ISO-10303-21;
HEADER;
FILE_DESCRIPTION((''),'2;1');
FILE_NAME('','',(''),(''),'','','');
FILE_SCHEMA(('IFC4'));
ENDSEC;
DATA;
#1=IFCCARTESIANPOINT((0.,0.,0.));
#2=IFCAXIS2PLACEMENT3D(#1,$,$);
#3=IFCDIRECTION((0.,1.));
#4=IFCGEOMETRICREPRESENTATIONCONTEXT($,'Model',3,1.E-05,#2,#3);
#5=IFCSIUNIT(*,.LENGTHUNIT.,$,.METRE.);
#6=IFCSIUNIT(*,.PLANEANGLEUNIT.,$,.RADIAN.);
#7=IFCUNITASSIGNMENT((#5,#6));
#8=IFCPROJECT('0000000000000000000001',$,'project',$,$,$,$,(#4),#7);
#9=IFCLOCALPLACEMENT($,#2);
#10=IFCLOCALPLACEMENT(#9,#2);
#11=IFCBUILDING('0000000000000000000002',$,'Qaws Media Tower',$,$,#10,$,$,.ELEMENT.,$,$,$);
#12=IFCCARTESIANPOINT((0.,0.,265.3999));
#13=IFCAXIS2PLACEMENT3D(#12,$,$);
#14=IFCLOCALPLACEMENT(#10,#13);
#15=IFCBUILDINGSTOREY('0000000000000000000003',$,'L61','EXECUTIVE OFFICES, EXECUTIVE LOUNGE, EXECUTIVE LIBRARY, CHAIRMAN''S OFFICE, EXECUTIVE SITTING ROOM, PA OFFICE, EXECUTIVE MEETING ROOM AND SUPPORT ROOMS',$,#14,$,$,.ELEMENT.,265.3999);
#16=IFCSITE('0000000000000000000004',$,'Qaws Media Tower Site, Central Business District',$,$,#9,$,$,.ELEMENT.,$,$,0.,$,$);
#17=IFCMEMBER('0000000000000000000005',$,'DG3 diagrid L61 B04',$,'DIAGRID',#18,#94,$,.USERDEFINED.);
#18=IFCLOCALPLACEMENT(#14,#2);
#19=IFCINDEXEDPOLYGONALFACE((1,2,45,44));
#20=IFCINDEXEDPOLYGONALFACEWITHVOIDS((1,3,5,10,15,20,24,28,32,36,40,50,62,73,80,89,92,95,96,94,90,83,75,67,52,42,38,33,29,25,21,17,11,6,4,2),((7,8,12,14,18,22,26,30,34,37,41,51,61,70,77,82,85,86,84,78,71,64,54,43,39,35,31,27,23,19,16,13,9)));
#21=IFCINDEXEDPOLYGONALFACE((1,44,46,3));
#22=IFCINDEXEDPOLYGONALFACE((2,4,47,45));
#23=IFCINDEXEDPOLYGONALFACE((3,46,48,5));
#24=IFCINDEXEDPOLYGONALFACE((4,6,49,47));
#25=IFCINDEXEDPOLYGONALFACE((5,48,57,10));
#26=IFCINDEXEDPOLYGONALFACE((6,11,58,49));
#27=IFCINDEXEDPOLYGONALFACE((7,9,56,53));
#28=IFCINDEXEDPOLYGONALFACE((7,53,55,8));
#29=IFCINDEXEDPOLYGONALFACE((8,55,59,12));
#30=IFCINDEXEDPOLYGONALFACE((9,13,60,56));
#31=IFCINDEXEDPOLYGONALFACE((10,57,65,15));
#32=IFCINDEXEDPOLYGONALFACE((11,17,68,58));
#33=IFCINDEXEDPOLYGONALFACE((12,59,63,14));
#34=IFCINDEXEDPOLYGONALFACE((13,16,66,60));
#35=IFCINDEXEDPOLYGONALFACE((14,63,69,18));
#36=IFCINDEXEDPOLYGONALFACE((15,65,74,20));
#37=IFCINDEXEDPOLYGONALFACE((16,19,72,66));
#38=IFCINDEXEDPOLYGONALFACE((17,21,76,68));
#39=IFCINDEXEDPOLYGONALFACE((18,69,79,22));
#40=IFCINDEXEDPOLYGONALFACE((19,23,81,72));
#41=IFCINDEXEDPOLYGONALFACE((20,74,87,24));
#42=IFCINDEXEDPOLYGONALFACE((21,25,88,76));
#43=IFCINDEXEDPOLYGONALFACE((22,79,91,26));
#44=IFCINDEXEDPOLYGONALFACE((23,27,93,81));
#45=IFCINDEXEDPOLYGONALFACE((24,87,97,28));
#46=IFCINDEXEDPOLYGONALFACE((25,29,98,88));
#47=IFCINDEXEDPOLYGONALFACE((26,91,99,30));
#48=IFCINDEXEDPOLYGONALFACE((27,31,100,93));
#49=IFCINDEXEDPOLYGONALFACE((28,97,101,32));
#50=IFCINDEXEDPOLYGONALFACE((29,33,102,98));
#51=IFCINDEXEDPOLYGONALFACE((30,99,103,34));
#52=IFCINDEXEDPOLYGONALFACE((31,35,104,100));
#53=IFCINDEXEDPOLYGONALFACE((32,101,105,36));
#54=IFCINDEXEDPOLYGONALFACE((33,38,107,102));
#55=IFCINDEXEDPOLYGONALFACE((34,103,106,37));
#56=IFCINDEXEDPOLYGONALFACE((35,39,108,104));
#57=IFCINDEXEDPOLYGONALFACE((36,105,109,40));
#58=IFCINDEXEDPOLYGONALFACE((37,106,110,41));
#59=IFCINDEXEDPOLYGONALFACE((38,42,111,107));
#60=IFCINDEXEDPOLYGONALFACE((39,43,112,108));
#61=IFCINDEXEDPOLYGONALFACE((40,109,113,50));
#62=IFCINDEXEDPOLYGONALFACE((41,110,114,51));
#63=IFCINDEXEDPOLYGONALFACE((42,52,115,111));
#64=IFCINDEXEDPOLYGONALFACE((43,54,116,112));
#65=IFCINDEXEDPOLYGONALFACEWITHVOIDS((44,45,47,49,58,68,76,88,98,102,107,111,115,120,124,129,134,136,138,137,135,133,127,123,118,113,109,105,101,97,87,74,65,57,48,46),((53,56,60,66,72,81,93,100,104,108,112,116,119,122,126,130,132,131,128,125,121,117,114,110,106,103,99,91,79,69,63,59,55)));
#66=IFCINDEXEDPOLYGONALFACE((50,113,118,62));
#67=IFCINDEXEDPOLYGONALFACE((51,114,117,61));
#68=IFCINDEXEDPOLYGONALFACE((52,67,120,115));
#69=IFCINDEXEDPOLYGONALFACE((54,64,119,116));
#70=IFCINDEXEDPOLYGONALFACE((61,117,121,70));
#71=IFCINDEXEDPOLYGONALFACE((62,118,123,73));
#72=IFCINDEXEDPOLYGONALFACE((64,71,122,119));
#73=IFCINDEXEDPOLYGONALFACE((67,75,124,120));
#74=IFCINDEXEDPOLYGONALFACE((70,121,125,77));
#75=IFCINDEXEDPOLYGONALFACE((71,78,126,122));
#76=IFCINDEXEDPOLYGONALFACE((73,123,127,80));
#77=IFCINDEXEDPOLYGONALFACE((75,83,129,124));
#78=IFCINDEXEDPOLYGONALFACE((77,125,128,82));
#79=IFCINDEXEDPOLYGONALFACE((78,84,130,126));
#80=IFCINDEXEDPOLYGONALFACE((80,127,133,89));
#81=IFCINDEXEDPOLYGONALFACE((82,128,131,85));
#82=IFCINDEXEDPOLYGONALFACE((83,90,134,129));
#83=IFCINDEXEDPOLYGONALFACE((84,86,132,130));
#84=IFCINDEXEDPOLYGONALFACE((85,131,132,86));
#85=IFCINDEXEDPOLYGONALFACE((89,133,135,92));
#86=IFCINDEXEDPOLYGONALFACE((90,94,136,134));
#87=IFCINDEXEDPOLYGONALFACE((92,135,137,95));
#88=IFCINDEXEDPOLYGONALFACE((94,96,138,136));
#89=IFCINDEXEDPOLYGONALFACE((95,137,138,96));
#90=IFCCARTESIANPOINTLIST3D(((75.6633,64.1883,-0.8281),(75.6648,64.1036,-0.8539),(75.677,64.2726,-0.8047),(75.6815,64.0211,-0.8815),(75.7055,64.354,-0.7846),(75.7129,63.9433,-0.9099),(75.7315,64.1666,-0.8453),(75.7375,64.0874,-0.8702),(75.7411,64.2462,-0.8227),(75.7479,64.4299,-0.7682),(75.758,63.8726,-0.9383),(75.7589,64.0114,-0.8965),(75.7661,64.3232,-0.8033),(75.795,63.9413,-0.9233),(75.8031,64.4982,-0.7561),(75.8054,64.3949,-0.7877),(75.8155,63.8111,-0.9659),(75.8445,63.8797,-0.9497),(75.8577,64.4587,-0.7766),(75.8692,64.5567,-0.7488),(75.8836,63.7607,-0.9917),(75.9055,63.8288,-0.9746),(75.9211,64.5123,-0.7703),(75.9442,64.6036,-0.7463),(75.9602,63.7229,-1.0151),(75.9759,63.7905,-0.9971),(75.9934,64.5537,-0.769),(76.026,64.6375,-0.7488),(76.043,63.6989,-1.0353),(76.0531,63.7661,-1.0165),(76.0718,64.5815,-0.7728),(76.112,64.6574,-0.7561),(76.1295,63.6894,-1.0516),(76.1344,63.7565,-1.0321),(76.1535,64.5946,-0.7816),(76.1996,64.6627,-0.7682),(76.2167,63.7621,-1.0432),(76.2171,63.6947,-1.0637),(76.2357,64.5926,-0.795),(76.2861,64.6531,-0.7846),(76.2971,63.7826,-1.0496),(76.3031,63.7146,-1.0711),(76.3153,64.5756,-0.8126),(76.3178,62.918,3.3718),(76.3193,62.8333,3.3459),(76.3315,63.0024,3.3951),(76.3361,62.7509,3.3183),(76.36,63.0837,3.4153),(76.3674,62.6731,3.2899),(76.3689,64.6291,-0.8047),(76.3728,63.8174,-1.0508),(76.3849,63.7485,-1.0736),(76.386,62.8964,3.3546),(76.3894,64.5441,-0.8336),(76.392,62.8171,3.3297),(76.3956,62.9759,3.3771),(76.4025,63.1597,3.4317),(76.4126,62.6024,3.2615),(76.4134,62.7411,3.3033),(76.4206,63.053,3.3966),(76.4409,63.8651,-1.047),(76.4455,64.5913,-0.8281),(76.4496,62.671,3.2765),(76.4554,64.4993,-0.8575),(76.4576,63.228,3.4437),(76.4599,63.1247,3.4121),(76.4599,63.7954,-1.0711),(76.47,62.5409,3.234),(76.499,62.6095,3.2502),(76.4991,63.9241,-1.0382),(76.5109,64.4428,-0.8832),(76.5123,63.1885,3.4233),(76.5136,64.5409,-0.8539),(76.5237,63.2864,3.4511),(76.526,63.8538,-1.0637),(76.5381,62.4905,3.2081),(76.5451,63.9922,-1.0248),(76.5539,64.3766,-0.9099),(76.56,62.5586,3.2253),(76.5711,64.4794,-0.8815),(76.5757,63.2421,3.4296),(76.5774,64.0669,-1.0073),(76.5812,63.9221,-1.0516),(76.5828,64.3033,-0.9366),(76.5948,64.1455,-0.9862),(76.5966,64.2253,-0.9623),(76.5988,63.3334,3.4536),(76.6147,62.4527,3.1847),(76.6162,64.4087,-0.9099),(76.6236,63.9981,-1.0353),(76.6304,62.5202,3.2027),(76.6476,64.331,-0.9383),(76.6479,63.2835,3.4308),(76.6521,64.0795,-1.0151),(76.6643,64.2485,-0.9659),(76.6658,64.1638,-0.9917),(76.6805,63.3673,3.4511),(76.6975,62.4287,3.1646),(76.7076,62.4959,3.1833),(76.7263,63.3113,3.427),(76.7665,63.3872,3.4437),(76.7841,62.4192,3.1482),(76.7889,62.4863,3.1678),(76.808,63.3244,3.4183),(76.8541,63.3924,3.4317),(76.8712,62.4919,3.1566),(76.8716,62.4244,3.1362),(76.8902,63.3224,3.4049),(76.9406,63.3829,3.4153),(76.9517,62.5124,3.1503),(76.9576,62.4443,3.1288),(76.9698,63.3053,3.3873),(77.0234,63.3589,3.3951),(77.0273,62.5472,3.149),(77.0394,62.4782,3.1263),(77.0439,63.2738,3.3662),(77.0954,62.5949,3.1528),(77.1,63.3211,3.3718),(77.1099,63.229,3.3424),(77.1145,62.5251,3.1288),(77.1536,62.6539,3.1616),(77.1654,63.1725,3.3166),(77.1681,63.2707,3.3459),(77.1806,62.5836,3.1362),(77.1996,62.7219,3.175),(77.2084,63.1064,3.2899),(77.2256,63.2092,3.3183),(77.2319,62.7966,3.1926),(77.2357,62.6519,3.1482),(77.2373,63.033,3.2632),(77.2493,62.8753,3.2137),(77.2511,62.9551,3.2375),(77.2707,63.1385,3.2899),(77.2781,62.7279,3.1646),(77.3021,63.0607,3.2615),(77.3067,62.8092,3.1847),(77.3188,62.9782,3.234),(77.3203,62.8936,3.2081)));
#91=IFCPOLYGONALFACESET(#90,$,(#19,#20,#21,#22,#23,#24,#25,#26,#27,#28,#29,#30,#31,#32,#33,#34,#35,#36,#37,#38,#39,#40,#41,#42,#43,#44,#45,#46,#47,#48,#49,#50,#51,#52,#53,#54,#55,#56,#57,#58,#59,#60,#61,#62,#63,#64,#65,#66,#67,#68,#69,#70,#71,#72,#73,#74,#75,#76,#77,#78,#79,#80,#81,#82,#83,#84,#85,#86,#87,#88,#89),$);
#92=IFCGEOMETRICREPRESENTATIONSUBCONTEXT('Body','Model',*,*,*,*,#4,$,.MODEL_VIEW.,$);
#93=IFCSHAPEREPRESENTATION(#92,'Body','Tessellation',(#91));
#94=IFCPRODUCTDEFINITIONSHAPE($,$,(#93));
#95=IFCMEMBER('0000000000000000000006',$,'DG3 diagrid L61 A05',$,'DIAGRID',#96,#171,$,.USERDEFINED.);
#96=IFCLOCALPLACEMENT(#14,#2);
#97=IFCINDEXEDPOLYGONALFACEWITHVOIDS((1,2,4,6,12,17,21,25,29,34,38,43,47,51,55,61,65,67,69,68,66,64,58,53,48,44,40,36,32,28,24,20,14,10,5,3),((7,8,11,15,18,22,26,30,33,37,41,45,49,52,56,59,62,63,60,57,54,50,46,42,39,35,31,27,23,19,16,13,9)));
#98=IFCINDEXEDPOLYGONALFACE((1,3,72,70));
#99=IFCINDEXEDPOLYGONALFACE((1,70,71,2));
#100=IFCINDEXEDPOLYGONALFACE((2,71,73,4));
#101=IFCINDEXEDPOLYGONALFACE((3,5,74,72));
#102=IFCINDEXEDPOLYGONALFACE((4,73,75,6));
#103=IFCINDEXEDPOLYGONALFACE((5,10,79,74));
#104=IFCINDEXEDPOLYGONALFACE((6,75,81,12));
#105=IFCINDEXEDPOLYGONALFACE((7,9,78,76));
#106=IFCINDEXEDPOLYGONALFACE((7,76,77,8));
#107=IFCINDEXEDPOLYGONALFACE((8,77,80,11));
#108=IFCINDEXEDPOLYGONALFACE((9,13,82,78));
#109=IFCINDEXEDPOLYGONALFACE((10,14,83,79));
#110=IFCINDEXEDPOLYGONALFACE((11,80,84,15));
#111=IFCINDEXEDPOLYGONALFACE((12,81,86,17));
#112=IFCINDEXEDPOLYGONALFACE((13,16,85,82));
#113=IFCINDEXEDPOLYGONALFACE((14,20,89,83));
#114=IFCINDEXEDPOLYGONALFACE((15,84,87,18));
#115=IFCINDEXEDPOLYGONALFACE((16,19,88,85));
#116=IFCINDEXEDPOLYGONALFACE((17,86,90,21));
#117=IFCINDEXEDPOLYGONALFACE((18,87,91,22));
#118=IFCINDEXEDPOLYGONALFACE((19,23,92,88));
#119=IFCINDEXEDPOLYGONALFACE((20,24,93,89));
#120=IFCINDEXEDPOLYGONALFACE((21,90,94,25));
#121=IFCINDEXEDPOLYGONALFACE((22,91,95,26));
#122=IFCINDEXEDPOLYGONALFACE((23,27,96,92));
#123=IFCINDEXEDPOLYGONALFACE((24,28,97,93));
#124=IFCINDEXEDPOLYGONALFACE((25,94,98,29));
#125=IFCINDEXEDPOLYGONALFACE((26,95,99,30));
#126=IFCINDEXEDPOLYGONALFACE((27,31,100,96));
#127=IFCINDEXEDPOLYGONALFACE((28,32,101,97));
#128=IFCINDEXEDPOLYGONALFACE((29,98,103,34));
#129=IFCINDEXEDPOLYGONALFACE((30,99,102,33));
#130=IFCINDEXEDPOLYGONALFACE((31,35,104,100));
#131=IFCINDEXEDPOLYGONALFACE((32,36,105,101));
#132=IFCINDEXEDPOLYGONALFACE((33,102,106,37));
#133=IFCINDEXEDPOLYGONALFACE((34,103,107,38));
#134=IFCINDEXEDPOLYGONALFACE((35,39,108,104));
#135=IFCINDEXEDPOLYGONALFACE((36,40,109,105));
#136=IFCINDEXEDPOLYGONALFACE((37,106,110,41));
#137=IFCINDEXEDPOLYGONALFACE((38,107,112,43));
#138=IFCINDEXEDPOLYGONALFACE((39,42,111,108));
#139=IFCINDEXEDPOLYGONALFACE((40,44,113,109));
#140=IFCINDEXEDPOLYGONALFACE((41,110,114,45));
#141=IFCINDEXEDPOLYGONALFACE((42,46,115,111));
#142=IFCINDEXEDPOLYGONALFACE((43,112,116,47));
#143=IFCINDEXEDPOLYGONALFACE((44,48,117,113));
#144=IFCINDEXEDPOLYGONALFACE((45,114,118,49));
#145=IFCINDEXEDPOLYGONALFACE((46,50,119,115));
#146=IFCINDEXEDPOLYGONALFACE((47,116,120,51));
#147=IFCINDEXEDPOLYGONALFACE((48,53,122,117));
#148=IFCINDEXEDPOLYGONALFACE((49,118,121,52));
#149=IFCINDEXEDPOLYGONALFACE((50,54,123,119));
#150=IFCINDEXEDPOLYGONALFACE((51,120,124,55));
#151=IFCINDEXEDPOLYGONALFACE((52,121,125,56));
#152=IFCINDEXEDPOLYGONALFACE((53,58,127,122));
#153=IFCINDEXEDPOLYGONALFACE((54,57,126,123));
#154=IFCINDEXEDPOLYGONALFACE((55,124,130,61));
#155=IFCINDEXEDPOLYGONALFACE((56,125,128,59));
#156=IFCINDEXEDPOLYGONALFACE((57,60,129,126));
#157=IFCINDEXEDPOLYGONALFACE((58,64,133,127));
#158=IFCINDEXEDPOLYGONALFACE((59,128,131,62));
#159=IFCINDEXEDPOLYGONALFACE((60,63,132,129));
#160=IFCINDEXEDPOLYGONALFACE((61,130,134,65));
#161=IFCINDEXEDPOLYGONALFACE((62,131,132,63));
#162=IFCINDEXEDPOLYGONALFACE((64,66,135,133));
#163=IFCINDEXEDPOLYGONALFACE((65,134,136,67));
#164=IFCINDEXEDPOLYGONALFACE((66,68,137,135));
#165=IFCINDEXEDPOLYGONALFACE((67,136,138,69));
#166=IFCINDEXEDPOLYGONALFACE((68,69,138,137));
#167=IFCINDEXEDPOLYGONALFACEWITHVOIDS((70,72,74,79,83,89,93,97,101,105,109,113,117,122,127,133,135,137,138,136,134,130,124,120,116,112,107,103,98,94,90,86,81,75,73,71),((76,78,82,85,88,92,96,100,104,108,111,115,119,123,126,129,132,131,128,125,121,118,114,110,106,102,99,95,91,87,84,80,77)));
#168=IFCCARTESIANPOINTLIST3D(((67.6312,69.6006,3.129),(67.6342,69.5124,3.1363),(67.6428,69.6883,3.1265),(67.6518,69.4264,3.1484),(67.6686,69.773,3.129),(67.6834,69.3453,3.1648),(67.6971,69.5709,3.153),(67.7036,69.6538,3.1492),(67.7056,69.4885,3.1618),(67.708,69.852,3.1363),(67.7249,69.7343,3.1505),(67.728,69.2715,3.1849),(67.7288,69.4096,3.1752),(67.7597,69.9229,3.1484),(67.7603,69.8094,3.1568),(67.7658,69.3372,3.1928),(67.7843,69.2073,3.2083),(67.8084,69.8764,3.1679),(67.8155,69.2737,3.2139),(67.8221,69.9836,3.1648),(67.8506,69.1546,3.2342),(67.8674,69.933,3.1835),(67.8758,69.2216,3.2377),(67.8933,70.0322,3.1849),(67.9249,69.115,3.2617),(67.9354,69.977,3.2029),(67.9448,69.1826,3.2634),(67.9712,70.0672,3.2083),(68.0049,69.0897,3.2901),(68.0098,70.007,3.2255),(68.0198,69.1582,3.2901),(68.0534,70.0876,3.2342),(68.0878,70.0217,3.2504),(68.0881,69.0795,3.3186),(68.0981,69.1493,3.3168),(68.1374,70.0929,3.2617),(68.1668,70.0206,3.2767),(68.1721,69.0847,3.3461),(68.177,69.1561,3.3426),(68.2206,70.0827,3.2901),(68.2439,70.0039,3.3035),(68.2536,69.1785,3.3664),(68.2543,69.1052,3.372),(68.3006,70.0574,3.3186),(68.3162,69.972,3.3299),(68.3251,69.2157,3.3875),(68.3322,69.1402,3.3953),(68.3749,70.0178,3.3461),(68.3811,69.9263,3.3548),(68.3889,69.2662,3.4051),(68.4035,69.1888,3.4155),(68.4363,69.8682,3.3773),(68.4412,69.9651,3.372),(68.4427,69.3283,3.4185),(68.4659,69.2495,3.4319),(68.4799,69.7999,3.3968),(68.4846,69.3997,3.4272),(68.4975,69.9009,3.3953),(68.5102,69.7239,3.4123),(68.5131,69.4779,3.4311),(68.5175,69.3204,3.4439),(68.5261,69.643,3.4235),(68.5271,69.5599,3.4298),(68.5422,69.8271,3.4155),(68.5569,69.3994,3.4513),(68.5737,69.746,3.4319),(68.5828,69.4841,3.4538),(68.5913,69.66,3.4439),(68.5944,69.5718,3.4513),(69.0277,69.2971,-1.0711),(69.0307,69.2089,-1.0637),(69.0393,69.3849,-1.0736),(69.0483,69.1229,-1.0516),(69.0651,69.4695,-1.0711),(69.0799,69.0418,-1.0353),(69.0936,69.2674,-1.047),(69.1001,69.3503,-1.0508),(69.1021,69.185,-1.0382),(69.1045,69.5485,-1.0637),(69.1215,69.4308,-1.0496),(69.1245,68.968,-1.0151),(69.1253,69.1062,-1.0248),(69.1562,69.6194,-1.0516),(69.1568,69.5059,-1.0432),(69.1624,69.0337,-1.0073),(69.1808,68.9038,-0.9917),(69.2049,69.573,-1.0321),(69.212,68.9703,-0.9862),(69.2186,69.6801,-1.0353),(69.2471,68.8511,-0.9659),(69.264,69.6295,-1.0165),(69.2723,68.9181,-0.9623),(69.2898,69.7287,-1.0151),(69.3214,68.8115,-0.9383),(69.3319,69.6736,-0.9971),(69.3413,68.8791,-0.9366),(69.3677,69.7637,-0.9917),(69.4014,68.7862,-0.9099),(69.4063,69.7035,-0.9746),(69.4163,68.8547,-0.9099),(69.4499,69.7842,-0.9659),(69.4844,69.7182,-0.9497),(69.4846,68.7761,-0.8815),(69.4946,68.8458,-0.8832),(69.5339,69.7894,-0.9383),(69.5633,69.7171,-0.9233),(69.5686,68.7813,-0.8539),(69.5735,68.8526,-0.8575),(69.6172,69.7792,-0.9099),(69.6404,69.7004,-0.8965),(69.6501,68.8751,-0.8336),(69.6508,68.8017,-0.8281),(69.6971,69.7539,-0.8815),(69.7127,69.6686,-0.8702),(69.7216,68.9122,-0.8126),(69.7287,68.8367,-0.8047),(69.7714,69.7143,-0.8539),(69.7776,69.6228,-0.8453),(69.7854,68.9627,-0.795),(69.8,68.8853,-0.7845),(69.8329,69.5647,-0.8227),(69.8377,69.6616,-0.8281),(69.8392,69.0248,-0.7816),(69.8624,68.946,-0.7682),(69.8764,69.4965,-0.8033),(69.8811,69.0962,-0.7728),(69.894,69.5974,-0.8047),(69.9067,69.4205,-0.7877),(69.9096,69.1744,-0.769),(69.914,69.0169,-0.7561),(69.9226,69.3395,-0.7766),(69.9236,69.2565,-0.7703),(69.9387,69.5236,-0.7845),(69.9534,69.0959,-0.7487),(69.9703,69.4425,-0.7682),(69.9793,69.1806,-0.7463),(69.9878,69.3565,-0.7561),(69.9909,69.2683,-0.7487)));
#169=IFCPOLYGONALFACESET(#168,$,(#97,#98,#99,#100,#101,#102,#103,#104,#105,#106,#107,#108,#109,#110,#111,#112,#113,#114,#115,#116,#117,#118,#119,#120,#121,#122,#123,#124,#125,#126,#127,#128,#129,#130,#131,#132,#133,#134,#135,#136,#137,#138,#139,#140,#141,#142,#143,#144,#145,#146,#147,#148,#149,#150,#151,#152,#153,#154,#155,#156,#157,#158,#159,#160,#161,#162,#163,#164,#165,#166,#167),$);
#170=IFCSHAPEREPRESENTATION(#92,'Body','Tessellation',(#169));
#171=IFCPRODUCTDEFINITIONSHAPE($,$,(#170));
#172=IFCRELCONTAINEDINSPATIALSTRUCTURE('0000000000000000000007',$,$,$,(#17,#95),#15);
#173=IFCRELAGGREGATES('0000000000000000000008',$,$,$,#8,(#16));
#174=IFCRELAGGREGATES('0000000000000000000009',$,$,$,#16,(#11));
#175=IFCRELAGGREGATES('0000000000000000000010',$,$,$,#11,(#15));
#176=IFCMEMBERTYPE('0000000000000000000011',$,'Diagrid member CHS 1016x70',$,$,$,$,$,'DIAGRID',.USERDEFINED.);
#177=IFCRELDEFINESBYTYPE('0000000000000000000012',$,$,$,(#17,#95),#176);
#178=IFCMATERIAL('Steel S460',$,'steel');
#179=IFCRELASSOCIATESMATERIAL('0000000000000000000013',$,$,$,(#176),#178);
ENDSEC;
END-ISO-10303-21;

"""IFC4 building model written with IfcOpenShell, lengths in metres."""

from ifc_helpers import new_model, si_unit, direction, frame, origin, origin_2d, place, context, subcontext, project, spatial, hollow_circle, extrude, material, material_profile, profile_set, type_object, element, save


model = new_model("IFC4")

# Units and contexts
model_context = context("Model", 3, precision=1e-05, world=origin(), true_north=direction((0.0, 1.0)))
body_context = subcontext(model_context, "Body", "Model", "MODEL_VIEW")
ifc_project = project(units=[si_unit("LENGTHUNIT", "METRE"), si_unit("PLANEANGLEUNIT", "RADIAN")], contexts=[model_context])

# Site, building, storey
site_placement = place(None, origin())
site = spatial("IfcSite", under=ifc_project, at=site_placement, Name="Qaws Media Tower Site, Central Business District", CompositionType="ELEMENT", RefElevation=0.0)
building_placement = place(site_placement, origin())
building = spatial("IfcBuilding", under=site, at=building_placement, Name="Qaws Media Tower", CompositionType="ELEMENT")
storey_placement = place(building_placement, frame((0.0, 0.0, 265.3999)))
storey = spatial("IfcBuildingStorey", under=building, at=storey_placement, Name="L61", Description="EXECUTIVE OFFICES, EXECUTIVE LOUNGE, EXECUTIVE LIBRARY, CHAIRMAN'S OFFICE, EXECUTIVE SITTING ROOM, PA OFFICE, EXECUTIVE MEETING ROOM AND SUPPORT ROOMS", CompositionType="ELEMENT", Elevation=265.3999)

# Members
ifc_material_1 = material(Name="Steel S460", Category="steel")
ifc_material_profile_1 = material_profile(ifc_material_1, hollow_circle(Radius=0.5081, WallThickness=0.0701, at=origin_2d()), Name="CHS 1016x70")
ifc_profile_set_1 = profile_set([ifc_material_profile_1], Name="Steel S460")
member_type_1 = type_object("IfcMemberType", Name="Diagrid member CHS 1016x70", ElementType="DIAGRID", PredefinedType="USERDEFINED", material=ifc_profile_set_1)
for number, where, z_axis, x_axis, name in (
    (1, (76.1646, 64.176, -0.9099), (0.147539, -0.286328, 0.946704), (0.888928, 0.458047, 0.0), "DG3 diagrid L61 B04"),
):
    element("IfcMember", number, at=place(storey_placement, frame(where, z_axis=z_axis, x_axis=x_axis)), inside=storey, type_object=member_type_1, Name=name, ObjectType="DIAGRID", PredefinedType="USERDEFINED", context=body_context, shape_type="SweptSolid", body=[
        extrude(hollow_circle(Radius=0.5081, WallThickness=0.0701, at=origin_2d()), origin(), (0.0, 0.0, 1.0), 4.4363),
    ])
member_1_placement = place(storey_placement, frame((69.5093, 69.2827, -0.9099), z_axis=(-0.314777, 0.068403, 0.946698), x_axis=(-0.212352, -0.977193, 0.0)))
element("IfcMember", 2, at=member_1_placement, inside=storey, type_object=member_type_1, Name="DG3 diagrid L61 A05", ObjectType="DIAGRID", PredefinedType="USERDEFINED", context=body_context, shape_type="SweptSolid", body=[
    extrude(hollow_circle(Radius=0.5081, WallThickness=0.0701, at=origin_2d()), origin(), (0.0, 0.0, 1.0), 4.4365),
])

save(model, "model.ifc")
